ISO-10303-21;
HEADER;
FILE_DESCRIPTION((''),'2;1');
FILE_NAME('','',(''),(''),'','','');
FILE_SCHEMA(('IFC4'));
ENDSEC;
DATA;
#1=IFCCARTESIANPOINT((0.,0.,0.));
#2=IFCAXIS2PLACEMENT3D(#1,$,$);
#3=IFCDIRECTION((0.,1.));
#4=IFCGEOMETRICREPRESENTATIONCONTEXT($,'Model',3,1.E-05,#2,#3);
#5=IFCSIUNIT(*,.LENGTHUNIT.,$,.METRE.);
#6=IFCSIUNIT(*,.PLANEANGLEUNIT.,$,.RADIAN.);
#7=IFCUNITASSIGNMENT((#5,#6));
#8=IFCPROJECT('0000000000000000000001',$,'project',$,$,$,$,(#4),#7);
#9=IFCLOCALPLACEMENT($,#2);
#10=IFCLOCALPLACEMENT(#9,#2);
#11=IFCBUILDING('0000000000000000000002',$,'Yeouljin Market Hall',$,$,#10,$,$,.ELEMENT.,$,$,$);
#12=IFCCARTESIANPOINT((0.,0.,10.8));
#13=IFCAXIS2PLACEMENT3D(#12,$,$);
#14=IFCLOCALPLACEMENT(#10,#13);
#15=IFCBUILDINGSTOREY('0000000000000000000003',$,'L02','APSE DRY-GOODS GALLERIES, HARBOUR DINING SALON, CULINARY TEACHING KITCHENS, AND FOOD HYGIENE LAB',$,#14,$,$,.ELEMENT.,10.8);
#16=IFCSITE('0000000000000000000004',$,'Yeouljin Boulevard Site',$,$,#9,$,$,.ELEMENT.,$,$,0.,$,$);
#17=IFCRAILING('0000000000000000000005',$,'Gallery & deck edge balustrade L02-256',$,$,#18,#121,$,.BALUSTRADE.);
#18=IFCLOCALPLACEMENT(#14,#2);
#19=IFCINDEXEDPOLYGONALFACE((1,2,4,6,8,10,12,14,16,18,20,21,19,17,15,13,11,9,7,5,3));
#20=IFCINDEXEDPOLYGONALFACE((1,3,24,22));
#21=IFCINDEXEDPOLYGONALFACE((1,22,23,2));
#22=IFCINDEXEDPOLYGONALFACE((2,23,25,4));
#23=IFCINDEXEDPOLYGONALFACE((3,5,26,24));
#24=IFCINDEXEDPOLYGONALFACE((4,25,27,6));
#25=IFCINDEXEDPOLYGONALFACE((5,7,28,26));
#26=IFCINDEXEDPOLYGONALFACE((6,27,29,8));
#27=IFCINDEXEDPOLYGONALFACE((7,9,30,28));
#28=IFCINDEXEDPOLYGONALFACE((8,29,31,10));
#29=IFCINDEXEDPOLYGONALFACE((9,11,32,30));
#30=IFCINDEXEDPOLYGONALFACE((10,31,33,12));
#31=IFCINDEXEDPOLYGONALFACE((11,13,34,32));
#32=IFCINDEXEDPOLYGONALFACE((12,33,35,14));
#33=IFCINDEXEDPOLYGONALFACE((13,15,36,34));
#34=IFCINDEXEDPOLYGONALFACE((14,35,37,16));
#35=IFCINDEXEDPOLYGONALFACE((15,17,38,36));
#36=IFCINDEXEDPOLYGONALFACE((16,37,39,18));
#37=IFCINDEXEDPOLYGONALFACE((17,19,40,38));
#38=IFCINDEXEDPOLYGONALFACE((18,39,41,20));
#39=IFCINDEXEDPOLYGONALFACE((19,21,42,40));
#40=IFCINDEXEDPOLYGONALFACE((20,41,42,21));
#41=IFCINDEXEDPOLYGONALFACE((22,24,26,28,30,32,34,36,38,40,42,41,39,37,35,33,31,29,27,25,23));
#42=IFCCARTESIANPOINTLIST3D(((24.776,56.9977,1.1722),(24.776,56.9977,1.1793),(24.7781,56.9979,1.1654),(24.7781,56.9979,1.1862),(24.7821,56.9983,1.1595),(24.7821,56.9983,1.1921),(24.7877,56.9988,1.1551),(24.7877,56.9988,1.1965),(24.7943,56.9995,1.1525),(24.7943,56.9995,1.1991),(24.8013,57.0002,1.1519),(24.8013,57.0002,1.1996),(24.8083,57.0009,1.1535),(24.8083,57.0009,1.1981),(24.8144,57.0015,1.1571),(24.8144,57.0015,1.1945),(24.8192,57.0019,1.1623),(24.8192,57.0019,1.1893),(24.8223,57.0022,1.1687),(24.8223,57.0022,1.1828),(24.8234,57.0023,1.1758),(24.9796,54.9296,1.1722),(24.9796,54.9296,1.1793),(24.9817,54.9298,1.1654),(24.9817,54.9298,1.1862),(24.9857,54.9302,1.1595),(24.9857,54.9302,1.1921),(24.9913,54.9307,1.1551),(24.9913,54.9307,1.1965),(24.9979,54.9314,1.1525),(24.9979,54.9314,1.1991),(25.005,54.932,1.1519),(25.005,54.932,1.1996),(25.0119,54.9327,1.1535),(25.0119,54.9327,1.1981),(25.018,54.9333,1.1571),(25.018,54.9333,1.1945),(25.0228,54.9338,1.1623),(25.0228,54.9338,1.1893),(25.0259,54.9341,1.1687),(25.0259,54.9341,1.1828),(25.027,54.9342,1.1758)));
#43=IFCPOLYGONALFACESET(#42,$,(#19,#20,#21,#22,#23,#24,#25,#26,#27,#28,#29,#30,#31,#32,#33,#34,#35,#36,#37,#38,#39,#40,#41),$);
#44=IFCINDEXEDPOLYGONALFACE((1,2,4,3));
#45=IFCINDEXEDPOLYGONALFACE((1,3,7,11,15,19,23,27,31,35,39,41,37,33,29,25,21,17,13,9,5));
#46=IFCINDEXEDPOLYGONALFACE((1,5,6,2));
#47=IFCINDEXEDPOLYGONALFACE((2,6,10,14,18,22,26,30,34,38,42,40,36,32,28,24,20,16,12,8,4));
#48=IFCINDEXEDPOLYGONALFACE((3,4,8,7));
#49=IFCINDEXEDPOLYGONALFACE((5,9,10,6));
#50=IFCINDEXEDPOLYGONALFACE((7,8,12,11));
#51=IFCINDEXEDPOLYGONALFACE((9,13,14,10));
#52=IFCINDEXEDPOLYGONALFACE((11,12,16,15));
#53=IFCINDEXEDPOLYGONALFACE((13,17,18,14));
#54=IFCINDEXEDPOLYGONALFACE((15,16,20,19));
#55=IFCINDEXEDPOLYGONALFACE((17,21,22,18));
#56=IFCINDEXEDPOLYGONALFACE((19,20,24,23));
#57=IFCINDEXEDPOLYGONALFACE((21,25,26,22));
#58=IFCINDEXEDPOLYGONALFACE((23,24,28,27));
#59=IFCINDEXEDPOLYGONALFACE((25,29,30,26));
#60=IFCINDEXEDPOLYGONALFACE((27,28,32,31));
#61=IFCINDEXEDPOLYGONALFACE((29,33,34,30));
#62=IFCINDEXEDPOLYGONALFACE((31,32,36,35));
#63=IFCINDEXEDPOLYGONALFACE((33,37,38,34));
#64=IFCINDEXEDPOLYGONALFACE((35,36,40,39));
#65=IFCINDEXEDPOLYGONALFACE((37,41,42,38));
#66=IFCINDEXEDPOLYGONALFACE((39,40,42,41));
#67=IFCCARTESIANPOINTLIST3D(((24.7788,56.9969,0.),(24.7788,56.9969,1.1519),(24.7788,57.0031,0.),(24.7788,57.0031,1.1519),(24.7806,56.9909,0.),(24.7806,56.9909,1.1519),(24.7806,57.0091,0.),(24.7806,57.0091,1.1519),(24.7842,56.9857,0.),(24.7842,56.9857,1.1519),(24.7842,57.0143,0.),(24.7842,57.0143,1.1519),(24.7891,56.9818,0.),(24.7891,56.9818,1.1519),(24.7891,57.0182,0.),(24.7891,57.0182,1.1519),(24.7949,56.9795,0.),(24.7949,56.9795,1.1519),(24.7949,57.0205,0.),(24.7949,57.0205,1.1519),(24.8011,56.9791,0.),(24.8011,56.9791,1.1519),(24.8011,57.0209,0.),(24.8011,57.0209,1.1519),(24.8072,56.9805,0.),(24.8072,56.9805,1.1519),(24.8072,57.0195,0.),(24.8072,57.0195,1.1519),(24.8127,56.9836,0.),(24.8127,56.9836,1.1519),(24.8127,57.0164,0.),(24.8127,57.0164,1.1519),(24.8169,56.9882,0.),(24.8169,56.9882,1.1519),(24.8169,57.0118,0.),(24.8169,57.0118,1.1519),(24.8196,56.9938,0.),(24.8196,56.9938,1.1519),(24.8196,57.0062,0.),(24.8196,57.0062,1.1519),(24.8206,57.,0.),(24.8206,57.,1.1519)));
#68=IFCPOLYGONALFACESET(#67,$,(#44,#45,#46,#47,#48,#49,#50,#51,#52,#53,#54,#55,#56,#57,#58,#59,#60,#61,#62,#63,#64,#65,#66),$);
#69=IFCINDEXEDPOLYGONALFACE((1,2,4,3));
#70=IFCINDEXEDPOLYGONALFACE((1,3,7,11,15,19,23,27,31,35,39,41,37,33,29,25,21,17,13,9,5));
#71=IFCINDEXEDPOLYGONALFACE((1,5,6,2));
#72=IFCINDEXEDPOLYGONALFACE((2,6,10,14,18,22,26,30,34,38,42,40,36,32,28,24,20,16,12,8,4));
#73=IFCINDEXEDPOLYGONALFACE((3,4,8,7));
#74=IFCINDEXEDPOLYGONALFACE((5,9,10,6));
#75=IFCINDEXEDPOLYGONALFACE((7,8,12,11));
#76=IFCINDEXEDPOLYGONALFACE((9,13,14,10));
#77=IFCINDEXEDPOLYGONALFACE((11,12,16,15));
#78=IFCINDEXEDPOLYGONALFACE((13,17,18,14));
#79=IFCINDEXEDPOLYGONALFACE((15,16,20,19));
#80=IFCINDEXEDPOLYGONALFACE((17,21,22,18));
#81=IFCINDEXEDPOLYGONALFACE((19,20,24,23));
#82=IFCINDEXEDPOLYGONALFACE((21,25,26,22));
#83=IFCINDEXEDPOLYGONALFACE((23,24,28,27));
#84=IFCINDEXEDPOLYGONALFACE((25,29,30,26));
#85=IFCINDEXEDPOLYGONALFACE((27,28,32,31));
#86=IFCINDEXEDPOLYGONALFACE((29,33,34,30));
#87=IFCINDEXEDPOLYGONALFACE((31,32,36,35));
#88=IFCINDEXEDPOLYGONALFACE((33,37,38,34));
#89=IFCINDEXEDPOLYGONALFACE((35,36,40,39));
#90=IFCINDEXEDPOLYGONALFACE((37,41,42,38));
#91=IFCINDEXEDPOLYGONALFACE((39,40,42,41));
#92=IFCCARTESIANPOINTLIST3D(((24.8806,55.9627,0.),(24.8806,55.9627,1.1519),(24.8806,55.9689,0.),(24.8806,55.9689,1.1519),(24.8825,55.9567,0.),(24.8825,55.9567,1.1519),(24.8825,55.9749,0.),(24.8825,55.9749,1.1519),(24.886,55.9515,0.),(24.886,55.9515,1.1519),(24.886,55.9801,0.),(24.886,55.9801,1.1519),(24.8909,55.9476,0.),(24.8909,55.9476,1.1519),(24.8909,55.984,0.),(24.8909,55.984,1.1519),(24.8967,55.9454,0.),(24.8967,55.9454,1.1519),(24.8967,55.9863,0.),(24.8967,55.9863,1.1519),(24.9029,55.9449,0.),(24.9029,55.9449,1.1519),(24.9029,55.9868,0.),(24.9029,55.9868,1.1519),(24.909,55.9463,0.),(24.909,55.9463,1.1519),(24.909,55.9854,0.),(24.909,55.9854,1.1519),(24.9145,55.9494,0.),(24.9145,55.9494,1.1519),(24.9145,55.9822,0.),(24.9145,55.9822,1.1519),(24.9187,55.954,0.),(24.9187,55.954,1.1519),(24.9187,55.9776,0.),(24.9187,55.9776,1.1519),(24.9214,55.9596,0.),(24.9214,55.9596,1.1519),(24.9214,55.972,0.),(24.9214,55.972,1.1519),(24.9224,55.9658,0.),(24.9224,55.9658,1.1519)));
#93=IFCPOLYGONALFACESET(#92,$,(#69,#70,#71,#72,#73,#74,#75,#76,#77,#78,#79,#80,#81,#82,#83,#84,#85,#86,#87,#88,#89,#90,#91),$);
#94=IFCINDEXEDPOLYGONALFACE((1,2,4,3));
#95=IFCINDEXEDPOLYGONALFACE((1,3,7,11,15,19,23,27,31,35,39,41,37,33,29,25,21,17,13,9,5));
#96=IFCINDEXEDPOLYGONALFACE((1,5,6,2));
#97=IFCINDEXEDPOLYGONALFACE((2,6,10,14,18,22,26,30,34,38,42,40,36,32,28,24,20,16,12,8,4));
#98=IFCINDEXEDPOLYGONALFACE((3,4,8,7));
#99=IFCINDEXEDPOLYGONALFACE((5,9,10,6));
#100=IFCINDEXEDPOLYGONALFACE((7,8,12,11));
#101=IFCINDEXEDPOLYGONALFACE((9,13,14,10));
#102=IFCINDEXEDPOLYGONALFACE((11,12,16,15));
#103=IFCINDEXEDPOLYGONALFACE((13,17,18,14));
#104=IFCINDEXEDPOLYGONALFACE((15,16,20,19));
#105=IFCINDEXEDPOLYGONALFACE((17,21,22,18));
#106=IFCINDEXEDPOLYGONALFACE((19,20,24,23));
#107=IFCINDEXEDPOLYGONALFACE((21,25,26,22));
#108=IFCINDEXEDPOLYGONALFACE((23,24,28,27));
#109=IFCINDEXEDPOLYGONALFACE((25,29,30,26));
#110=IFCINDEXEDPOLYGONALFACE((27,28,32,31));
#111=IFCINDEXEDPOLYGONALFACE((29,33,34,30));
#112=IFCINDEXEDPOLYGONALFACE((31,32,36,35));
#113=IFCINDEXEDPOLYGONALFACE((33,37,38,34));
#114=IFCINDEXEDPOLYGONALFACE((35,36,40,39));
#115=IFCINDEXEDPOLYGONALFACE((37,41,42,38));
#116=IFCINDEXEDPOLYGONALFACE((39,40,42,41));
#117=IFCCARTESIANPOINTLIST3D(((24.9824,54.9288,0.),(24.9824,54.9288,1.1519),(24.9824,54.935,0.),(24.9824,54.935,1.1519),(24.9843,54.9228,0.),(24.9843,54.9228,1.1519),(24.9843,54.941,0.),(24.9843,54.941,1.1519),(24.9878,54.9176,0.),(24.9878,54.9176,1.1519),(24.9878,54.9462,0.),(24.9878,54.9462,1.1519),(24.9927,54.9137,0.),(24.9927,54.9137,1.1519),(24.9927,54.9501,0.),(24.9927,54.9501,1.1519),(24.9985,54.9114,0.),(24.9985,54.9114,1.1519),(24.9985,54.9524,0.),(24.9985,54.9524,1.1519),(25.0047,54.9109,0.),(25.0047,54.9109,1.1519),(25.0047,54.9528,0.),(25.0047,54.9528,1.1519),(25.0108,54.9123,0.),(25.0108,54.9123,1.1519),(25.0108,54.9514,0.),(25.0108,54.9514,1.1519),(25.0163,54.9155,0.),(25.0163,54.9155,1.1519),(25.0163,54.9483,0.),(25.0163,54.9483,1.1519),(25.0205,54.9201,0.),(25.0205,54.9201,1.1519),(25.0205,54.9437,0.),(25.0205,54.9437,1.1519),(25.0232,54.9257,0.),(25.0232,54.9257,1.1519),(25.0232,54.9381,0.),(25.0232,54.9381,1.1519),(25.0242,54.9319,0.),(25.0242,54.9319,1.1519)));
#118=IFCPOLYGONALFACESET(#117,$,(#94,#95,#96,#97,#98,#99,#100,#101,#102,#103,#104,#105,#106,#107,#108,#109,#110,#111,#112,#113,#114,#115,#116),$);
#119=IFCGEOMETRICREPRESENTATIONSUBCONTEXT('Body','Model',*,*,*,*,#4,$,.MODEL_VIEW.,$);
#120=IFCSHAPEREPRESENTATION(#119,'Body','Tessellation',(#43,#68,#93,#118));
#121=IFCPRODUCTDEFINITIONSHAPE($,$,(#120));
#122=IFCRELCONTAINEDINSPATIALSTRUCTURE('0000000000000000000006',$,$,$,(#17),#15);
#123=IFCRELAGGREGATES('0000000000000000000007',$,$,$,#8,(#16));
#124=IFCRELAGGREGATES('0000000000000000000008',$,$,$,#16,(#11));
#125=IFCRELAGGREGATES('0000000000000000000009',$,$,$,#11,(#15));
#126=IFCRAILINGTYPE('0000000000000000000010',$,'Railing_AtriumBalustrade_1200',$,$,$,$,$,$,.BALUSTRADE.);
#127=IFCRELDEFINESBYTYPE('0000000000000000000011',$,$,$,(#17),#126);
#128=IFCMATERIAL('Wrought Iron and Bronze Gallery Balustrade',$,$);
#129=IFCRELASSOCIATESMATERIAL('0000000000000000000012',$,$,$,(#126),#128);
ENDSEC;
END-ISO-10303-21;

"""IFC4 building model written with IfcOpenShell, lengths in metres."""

from ifc_helpers import new_model, si_unit, direction, frame, origin, origin_2d, place, context, subcontext, project, spatial, circle, extrude, material, type_object, element, save


model = new_model("IFC4")

# Units and contexts
model_context = context("Model", 3, precision=1e-05, world=origin(), true_north=direction((0.0, 1.0)))
body_context = subcontext(model_context, "Body", "Model", "MODEL_VIEW")
ifc_project = project(units=[si_unit("LENGTHUNIT", "METRE"), si_unit("PLANEANGLEUNIT", "RADIAN")], contexts=[model_context])

# Site, building, storey
site_placement = place(None, origin())
site = spatial("IfcSite", under=ifc_project, at=site_placement, Name="Yeouljin Boulevard Site", CompositionType="ELEMENT", RefElevation=0.0)
building_placement = place(site_placement, origin())
building = spatial("IfcBuilding", under=site, at=building_placement, Name="Yeouljin Market Hall", CompositionType="ELEMENT")
storey_placement = place(building_placement, frame((0.0, 0.0, 10.8)))
storey = spatial("IfcBuildingStorey", under=building, at=storey_placement, Name="L02", Description="APSE DRY-GOODS GALLERIES, HARBOUR DINING SALON, CULINARY TEACHING KITCHENS, AND FOOD HYGIENE LAB", CompositionType="ELEMENT", Elevation=10.8)

# Railing
ifc_material_1 = material(Name="Wrought Iron and Bronze Gallery Balustrade")
railing_type = type_object("IfcRailingType", Name="Railing_AtriumBalustrade_1200", PredefinedType="BALUSTRADE", material=ifc_material_1)
railing_1_placement = place(storey_placement, frame((24.7996, 57.0, 0.0)))
element("IfcRailing", 1, at=railing_1_placement, inside=storey, type_object=railing_type, Name="Gallery & deck edge balustrade L02-256", PredefinedType="BALUSTRADE", context=body_context, shape_type="SweptSolid", body=[
    extrude(circle(Radius=0.0239, at=origin_2d()), frame((0.0, 0.0, 1.1758), z_axis=(0.09798, -0.995188, 0.0), x_axis=(0.995188, 0.09798, 0.0)), (0.0, 0.0, 1.0), 2.0781),
    extrude(circle(Radius=0.021, at=origin_2d()), origin(), (0.0, 0.0, 1.0), 1.1519),
    extrude(circle(Radius=0.021, at=origin_2d()), frame((0.1018, -1.0342, 0.0)), (0.0, 0.0, 1.0), 1.1519),
    extrude(circle(Radius=0.021, at=origin_2d()), frame((0.2036, -2.0681, 0.0)), (0.0, 0.0, 1.0), 1.1519),
])

save(model, "model.ifc")
